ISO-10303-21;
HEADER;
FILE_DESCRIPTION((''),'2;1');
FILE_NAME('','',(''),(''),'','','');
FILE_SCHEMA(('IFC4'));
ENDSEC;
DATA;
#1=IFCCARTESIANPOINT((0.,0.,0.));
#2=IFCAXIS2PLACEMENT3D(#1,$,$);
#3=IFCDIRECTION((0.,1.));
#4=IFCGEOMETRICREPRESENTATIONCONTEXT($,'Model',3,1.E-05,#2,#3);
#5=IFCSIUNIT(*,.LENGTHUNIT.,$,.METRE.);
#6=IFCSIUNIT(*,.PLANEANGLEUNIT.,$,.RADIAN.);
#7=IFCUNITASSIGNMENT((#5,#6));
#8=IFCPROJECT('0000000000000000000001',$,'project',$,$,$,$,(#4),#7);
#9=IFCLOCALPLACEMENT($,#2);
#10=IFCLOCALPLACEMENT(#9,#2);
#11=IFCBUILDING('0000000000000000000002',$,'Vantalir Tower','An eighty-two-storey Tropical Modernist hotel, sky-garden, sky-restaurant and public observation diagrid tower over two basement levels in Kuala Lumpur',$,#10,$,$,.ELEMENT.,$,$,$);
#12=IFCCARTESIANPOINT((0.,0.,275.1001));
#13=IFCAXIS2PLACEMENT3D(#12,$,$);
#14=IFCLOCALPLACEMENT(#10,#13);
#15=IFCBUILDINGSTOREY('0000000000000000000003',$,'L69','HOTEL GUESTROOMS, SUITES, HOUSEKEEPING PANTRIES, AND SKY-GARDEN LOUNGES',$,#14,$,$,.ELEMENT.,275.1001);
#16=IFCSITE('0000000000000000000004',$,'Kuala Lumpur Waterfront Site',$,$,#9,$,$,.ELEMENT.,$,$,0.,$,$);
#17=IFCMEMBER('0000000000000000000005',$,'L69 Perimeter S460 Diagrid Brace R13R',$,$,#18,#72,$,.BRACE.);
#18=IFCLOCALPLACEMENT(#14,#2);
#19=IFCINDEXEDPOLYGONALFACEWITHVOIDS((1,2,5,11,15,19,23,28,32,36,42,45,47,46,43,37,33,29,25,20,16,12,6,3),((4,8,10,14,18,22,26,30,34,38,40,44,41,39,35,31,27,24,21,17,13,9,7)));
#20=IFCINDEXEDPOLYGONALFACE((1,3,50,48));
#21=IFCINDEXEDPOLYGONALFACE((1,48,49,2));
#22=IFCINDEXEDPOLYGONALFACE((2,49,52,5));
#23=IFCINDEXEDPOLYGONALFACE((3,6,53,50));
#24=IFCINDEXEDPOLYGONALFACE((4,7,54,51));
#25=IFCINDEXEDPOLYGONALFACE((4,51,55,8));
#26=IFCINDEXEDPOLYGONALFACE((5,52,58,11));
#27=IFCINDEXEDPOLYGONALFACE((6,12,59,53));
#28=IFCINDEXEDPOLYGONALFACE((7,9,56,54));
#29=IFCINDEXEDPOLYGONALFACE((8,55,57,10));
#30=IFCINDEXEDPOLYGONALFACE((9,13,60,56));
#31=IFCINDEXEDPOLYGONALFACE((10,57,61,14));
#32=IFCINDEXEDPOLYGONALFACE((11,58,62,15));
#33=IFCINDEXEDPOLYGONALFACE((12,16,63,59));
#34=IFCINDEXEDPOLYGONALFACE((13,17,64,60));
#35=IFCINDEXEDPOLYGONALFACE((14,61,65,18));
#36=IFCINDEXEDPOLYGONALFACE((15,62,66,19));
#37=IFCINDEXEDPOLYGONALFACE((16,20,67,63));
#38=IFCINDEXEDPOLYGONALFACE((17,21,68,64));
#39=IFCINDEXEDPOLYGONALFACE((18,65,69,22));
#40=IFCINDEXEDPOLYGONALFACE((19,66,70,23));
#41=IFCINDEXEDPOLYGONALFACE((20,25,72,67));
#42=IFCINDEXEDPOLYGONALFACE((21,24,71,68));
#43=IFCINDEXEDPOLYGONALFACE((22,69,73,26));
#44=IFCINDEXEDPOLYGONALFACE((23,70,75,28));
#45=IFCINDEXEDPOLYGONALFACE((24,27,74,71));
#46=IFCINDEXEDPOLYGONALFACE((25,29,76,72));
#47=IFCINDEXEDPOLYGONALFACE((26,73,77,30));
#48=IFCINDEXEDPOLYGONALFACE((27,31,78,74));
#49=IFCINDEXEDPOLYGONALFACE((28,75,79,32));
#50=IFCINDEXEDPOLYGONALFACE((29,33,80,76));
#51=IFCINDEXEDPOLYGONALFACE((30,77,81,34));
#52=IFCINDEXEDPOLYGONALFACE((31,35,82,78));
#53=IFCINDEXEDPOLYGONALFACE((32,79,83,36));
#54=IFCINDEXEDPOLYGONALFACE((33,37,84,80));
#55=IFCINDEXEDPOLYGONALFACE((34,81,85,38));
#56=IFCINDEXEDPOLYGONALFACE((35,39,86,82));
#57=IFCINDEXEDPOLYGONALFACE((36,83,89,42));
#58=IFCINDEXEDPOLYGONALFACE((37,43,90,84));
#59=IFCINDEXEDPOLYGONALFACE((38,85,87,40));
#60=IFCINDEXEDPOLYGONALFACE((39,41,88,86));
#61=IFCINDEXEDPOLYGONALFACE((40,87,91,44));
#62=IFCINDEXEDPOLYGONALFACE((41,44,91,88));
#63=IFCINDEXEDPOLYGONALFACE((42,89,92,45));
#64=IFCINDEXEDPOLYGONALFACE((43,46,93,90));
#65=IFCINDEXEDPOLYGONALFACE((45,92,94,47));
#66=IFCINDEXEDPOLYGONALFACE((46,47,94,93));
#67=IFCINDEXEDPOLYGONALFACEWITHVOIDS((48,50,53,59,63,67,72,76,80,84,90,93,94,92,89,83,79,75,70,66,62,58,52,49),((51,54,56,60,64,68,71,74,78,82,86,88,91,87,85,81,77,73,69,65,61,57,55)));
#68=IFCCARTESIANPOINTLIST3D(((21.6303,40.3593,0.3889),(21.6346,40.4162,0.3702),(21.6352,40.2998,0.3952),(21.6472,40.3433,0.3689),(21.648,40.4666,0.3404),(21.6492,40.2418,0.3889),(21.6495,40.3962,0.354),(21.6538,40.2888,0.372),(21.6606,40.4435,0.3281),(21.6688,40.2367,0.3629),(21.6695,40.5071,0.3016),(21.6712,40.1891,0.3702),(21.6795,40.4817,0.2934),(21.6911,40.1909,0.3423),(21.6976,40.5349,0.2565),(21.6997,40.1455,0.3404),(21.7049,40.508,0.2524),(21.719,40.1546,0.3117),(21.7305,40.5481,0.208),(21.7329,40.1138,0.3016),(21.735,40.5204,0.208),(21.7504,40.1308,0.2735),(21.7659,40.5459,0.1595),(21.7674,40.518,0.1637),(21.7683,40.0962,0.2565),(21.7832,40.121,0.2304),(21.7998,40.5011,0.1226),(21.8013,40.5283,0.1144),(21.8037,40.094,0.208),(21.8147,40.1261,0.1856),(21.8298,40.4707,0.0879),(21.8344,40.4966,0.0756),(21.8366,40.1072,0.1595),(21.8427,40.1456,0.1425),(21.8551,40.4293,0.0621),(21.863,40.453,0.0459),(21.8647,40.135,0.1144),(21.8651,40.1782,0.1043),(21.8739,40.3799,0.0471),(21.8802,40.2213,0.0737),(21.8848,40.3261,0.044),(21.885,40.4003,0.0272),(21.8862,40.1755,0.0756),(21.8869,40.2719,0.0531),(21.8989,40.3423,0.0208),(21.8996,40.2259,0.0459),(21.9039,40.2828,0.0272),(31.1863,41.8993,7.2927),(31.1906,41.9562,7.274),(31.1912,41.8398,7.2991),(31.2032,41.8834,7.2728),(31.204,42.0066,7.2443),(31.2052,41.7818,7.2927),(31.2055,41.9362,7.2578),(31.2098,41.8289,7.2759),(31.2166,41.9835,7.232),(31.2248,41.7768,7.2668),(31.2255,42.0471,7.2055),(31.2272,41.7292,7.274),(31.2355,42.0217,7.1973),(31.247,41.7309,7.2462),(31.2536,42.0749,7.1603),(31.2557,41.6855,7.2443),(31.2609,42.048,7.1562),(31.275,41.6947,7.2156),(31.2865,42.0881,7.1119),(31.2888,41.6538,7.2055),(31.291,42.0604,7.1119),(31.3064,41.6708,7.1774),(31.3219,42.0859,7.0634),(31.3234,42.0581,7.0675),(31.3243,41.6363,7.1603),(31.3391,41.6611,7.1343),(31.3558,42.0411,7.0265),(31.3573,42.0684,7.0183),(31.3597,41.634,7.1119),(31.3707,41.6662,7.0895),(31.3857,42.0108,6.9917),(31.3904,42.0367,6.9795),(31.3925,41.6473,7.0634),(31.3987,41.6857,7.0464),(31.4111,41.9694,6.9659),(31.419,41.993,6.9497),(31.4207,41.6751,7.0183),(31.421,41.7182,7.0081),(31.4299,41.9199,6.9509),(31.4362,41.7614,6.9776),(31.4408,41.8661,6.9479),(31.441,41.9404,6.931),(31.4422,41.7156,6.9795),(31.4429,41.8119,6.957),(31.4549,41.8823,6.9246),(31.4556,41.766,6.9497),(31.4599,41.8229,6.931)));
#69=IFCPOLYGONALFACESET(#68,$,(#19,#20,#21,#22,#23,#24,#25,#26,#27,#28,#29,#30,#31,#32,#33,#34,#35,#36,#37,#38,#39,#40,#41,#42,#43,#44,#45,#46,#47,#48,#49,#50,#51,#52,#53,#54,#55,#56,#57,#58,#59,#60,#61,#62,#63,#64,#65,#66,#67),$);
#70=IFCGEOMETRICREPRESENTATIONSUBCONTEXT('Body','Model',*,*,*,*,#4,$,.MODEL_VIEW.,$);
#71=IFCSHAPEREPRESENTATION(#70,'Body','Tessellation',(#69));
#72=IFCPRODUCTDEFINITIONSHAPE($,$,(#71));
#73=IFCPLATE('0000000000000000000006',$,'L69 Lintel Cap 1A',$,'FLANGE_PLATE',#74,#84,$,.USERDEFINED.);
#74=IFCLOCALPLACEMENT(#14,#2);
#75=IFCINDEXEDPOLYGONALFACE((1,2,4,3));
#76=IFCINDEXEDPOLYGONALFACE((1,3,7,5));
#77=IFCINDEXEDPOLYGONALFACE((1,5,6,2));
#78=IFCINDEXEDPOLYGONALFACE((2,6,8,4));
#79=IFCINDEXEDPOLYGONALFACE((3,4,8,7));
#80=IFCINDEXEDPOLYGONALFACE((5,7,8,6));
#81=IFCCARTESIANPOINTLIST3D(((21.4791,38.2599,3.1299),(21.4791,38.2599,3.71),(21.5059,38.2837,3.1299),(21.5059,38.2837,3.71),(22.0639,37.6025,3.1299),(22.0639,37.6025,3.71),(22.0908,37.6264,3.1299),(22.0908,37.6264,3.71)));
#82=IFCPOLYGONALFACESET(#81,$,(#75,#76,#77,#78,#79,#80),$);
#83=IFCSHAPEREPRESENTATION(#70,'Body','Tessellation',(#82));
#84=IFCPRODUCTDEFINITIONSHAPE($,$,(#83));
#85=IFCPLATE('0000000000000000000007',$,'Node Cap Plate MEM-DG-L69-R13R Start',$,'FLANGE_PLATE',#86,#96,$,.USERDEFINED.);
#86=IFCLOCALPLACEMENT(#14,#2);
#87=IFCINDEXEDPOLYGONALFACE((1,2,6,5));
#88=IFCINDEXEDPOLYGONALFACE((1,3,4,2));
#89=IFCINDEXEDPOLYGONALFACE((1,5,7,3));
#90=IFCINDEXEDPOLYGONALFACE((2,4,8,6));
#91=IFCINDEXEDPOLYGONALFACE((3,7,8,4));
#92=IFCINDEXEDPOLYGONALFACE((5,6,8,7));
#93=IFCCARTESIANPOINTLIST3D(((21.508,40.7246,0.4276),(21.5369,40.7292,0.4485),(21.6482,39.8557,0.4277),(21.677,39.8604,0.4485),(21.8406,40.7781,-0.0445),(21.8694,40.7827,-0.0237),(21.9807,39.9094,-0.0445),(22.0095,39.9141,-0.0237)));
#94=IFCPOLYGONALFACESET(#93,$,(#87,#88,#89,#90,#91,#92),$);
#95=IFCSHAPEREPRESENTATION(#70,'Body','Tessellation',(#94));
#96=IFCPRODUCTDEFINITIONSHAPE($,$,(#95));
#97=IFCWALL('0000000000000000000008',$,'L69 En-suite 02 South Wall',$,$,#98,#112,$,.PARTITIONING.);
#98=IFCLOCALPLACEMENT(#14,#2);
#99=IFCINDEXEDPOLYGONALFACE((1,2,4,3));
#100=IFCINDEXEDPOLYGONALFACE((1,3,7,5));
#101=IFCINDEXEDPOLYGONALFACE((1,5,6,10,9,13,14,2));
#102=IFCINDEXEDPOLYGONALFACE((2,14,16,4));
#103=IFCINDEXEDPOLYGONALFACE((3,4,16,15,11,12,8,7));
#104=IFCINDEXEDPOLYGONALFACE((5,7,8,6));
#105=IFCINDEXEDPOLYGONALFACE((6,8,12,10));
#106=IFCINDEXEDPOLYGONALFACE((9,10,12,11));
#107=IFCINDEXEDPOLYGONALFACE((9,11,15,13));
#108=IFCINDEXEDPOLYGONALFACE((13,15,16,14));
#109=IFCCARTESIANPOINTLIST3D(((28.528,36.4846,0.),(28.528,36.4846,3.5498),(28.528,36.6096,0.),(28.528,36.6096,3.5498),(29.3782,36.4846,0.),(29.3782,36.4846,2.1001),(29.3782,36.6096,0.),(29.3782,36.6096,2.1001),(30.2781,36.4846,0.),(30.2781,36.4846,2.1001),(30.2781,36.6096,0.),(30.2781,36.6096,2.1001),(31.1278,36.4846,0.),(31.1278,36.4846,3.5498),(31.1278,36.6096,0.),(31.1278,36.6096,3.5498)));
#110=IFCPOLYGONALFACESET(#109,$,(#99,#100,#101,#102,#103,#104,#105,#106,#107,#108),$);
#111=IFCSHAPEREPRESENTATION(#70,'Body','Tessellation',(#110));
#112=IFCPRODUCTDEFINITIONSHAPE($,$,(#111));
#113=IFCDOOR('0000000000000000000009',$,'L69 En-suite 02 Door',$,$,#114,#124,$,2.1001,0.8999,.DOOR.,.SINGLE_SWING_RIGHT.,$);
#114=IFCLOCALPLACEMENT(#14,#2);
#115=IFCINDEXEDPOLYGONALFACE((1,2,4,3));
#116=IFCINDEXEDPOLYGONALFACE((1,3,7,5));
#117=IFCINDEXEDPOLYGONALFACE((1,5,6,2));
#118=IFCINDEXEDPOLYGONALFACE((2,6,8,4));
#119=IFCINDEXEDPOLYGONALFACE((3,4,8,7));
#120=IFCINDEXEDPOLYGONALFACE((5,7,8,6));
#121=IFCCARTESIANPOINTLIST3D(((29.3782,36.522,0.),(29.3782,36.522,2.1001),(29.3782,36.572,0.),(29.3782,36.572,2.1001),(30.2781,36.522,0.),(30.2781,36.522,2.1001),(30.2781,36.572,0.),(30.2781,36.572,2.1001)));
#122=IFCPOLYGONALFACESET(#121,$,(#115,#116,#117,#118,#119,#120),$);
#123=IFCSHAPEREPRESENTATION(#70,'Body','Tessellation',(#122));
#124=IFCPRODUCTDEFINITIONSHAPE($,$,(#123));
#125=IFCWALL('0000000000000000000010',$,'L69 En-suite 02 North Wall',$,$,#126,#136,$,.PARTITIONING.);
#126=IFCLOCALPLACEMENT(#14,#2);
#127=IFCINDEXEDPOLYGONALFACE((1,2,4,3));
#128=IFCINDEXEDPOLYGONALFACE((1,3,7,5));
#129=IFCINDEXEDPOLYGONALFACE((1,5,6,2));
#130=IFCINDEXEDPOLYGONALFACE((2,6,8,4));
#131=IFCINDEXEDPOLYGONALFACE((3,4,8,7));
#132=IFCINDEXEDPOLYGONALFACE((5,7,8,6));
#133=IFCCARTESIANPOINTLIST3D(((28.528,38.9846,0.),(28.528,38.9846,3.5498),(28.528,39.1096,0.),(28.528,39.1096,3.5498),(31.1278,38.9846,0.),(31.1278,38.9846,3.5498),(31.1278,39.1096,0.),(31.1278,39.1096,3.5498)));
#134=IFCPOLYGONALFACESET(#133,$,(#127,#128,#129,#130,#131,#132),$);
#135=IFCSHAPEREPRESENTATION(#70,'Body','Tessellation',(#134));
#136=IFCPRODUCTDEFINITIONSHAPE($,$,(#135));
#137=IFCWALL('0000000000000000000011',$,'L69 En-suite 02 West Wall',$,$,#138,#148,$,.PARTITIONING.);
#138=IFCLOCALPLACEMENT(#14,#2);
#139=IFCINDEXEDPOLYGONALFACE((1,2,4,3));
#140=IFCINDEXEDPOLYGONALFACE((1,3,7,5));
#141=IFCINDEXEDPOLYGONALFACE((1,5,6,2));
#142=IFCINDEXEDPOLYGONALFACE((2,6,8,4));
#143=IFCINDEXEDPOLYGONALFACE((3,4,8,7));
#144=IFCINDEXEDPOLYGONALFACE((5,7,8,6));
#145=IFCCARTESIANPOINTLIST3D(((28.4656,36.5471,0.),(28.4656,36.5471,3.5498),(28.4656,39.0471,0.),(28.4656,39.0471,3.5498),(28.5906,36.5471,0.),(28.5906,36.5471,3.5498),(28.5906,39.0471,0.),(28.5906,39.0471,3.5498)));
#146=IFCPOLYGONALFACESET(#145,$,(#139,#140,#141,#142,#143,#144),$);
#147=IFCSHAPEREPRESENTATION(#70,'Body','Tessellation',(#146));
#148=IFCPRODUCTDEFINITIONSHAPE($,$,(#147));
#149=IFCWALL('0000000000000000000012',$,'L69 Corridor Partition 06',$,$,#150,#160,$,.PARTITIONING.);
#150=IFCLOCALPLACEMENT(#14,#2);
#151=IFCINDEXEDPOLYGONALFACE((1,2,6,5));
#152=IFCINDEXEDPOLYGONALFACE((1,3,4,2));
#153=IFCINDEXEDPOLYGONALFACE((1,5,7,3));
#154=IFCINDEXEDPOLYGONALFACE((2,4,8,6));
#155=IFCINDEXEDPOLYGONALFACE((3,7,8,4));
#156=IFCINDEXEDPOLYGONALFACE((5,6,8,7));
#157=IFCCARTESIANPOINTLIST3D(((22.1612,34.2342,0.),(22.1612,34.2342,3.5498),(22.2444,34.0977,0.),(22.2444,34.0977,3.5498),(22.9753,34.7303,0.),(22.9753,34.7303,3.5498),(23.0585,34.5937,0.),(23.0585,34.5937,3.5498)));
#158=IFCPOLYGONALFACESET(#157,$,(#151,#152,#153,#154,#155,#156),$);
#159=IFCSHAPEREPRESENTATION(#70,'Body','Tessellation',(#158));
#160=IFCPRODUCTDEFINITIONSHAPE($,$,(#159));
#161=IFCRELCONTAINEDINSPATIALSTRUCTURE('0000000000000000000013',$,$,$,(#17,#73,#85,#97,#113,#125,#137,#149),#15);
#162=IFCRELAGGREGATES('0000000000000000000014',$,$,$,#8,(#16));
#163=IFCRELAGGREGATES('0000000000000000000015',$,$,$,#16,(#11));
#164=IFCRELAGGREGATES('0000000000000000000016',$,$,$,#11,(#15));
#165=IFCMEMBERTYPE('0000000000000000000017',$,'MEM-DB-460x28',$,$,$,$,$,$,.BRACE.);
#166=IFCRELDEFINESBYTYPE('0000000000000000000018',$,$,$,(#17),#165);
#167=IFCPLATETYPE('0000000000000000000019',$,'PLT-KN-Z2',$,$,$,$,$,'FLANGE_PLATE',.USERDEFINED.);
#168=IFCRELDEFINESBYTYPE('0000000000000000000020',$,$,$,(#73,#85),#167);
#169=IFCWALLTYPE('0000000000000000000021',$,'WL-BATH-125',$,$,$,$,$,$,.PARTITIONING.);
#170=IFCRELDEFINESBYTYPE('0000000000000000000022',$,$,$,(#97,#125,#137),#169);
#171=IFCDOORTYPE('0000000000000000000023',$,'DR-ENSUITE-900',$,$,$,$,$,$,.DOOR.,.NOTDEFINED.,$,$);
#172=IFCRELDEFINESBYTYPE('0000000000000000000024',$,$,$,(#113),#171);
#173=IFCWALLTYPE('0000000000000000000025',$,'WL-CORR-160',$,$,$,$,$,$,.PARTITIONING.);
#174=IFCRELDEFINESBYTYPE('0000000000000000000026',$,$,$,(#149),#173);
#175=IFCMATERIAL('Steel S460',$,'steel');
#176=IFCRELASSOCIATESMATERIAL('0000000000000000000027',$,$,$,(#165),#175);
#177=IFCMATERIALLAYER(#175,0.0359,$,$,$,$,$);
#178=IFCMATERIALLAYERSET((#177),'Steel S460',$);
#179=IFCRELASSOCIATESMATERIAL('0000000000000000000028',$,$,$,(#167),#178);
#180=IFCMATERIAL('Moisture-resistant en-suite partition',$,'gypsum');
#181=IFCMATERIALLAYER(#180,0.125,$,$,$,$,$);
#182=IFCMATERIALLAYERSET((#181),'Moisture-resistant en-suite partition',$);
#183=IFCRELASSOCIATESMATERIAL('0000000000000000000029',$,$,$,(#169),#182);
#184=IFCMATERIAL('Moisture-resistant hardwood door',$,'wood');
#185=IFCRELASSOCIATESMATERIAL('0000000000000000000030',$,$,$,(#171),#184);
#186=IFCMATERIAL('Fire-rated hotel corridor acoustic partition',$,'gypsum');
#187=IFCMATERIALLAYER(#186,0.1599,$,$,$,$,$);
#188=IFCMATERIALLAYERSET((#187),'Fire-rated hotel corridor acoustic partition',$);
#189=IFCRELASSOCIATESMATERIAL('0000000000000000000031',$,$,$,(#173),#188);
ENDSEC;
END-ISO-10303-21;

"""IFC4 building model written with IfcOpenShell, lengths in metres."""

from ifc_helpers import new_model, si_unit, direction, frame, frame_2d, origin, origin_2d, place, context, subcontext, project, spatial, polyline, rectangle, hollow_circle, outline, extrude, material, layer, layer_set, material_profile, profile_set, type_object, element, fill, save


model = new_model("IFC4")

# Units and contexts
model_context = context("Model", 3, precision=1e-05, world=origin(), true_north=direction((0.0, 1.0)))
body_context = subcontext(model_context, "Body", "Model", "MODEL_VIEW")
ifc_project = project(units=[si_unit("LENGTHUNIT", "METRE"), si_unit("PLANEANGLEUNIT", "RADIAN")], contexts=[model_context])

# Site, building, storey
site_placement = place(None, origin())
site = spatial("IfcSite", under=ifc_project, at=site_placement, Name="Kuala Lumpur Waterfront Site", CompositionType="ELEMENT", RefElevation=0.0)
building_placement = place(site_placement, origin())
building = spatial("IfcBuilding", under=site, at=building_placement, Name="Vantalir Tower", Description="An eighty-two-storey Tropical Modernist hotel, sky-garden, sky-restaurant and public observation diagrid tower over two basement levels in Kuala Lumpur", CompositionType="ELEMENT")
storey_placement = place(building_placement, frame((0.0, 0.0, 275.1001)))
storey = spatial("IfcBuildingStorey", under=building, at=storey_placement, Name="L69", Description="HOTEL GUESTROOMS, SUITES, HOUSEKEEPING PANTRIES, AND SKY-GARDEN LOUNGES", CompositionType="ELEMENT", Elevation=275.1001)

# Shared definitions
ifc_material_1 = material(Name="Steel S460", Category="steel")

# Member
ifc_material_profile_1 = material_profile(ifc_material_1, hollow_circle(Radius=0.23, WallThickness=0.0281, at=origin_2d()), Name="Steel S460")
ifc_profile_set_1 = profile_set([ifc_material_profile_1], Name="Steel S460")
member_type_1 = type_object("IfcMemberType", Name="MEM-DB-460x28", PredefinedType="BRACE", material=ifc_profile_set_1)
member_1_placement = place(storey_placement, frame((21.7671, 40.321, 0.208), z_axis=(0.803757, 0.129534, 0.580686), x_axis=(-0.159108, 0.987261, 0.0)))
element("IfcMember", 1, at=member_1_placement, inside=storey, type_object=member_type_1, Name="L69 Perimeter S460 Diagrid Brace R13R", PredefinedType="BRACE", context=body_context, shape_type="SweptSolid", body=[
    extrude(hollow_circle(Radius=0.23, WallThickness=0.0281, at=origin_2d()), origin(), (0.0, 0.0, 1.0), 11.8892),
])

# Plates
ifc_layer_1 = layer(ifc_material_1, 0.0359)
ifc_layer_set_1 = layer_set([ifc_layer_1], Name="Steel S460")
plate_type = type_object("IfcPlateType", Name="PLT-KN-Z2", ElementType="FLANGE_PLATE", PredefinedType="USERDEFINED", material=ifc_layer_set_1)
plate_1_placement = place(storey_placement, frame((21.7849, 37.9431, 3.1299), z_axis=(0.0, 0.0, 1.0), x_axis=(-0.747091, -0.664722, 0.0)))
element("IfcPlate", 2, at=plate_1_placement, inside=storey, type_object=plate_type, Name="L69 Lintel Cap 1A", ObjectType="FLANGE_PLATE", PredefinedType="USERDEFINED", context=body_context, shape_type="SweptSolid", body=[
    extrude(rectangle(XDim=0.0359, YDim=0.8799, at=origin_2d()), origin(), (0.0, 0.0, 1.0), 0.5801),
])
plate_2_placement = place(storey_placement, frame((22.0095, 39.9141, -0.0237), z_axis=(0.803714, 0.129642, 0.580721), x_axis=(-0.159253, 0.987238, 0.00001)))
element("IfcPlate", 3, at=plate_2_placement, inside=storey, type_object=plate_type, Name="Node Cap Plate MEM-DG-L69-R13R Start", ObjectType="FLANGE_PLATE", PredefinedType="USERDEFINED", context=body_context, shape_type="SweptSolid", body=[
    extrude(outline(polyline([(0.0, 0.0), (0.8799, 0.0), (0.8801, 0.58), (-0.0001, 0.58), (0.0, 0.0)])), origin(), (0.0, 0.0, -1.0), 0.0359),
])

# Wall, opening, door
ifc_material_2 = material(Name="Moisture-resistant en-suite partition", Category="gypsum")
ifc_layer_2 = layer(ifc_material_2, 0.125)
ifc_layer_set_2 = layer_set([ifc_layer_2], Name="Moisture-resistant en-suite partition")
wall_type_1 = type_object("IfcWallType", Name="WL-BATH-125", PredefinedType="PARTITIONING", material=ifc_layer_set_2)
wall_1_placement = place(storey_placement, frame((28.5281, 36.5471, 0.0), z_axis=(0.0, 0.0, 1.0), x_axis=(1.0, 0.0, 0.0)))
wall_1 = element("IfcWall", 4, at=wall_1_placement, inside=storey, type_object=wall_type_1, Name="L69 En-suite 02 South Wall", PredefinedType="PARTITIONING", context=body_context, shape_type="SweptSolid", body=[
    extrude(rectangle(XDim=2.5999, YDim=0.125, at=frame_2d((1.2998, 0.0))), origin(), (0.0, 0.0, 1.0), 3.5498),
])
opening_1_placement = place(wall_1_placement, frame((0.8501, 0.0, 0.0)))
opening_1 = element("IfcOpeningElement", 5, at=opening_1_placement, cuts=wall_1, PredefinedType="OPENING", context=body_context, shape_type="SweptSolid", body=[
    extrude(rectangle(XDim=0.8999, YDim=2.1001, at=frame_2d((0.45, 1.05))), frame((0.0, 0.0725, 0.0), z_axis=(0.0, -1.0, 0.0), x_axis=(1.0, 0.0, 0.0)), (0.0, 0.0, 1.0), 0.145),
])
ifc_material_3 = material(Name="Moisture-resistant hardwood door", Category="wood")
door_type_1 = type_object("IfcDoorType", Name="DR-ENSUITE-900", OperationType="NOTDEFINED", PredefinedType="DOOR", material=ifc_material_3)
door_1_placement = place(opening_1_placement, origin())
door_1 = element("IfcDoor", 6, at=door_1_placement, inside=storey, type_object=door_type_1, Name="L69 En-suite 02 Door", OperationType="SINGLE_SWING_RIGHT", OverallHeight=2.1001, OverallWidth=0.8999, PredefinedType="DOOR", context=body_context, shape_type="SweptSolid", body=[
    extrude(rectangle(XDim=0.8999, YDim=2.1001, at=frame_2d((0.45, 1.05))), frame((0.0, 0.0249, 0.0), z_axis=(0.0, -1.0, 0.0), x_axis=(1.0, 0.0, 0.0)), (0.0, 0.0, 1.0), 0.05),
])
fill(opening_1, door_1)

# Walls
wall_2_placement = place(storey_placement, frame((28.5281, 39.0471, 0.0), z_axis=(0.0, 0.0, 1.0), x_axis=(1.0, 0.0, 0.0)))
element("IfcWall", 7, at=wall_2_placement, inside=storey, type_object=wall_type_1, Name="L69 En-suite 02 North Wall", PredefinedType="PARTITIONING", context=body_context, shape_type="SweptSolid", body=[
    extrude(rectangle(XDim=2.5999, YDim=0.125, at=frame_2d((1.2998, 0.0))), origin(), (0.0, 0.0, 1.0), 3.5498),
])
wall_3_placement = place(storey_placement, frame((28.5281, 36.5471, 0.0), z_axis=(0.0, 0.0, 1.0), x_axis=(0.0, 1.0, 0.0)))
element("IfcWall", 8, at=wall_3_placement, inside=storey, type_object=wall_type_1, Name="L69 En-suite 02 West Wall", PredefinedType="PARTITIONING", context=body_context, shape_type="SweptSolid", body=[
    extrude(rectangle(XDim=2.5, YDim=0.125, at=frame_2d((1.25, 0.0))), origin(), (0.0, 0.0, 1.0), 3.5498),
])
ifc_material_4 = material(Name="Fire-rated hotel corridor acoustic partition", Category="gypsum")
ifc_layer_3 = layer(ifc_material_4, 0.1599)
ifc_layer_set_3 = layer_set([ifc_layer_3], Name="Fire-rated hotel corridor acoustic partition")
wall_type_2 = type_object("IfcWallType", Name="WL-CORR-160", PredefinedType="PARTITIONING", material=ifc_layer_set_3)
wall_4_placement = place(storey_placement, frame((22.2029, 34.166, 0.0), z_axis=(0.0, 0.0, 1.0), x_axis=(0.853971, 0.520321, 0.0)))
element("IfcWall", 9, at=wall_4_placement, inside=storey, type_object=wall_type_2, Name="L69 Corridor Partition 06", PredefinedType="PARTITIONING", context=body_context, shape_type="SweptSolid", body=[
    extrude(rectangle(XDim=0.9534, YDim=0.1599, at=frame_2d((0.4766, 0.0))), origin(), (0.0, 0.0, 1.0), 3.5498),
])

save(model, "model.ifc")
